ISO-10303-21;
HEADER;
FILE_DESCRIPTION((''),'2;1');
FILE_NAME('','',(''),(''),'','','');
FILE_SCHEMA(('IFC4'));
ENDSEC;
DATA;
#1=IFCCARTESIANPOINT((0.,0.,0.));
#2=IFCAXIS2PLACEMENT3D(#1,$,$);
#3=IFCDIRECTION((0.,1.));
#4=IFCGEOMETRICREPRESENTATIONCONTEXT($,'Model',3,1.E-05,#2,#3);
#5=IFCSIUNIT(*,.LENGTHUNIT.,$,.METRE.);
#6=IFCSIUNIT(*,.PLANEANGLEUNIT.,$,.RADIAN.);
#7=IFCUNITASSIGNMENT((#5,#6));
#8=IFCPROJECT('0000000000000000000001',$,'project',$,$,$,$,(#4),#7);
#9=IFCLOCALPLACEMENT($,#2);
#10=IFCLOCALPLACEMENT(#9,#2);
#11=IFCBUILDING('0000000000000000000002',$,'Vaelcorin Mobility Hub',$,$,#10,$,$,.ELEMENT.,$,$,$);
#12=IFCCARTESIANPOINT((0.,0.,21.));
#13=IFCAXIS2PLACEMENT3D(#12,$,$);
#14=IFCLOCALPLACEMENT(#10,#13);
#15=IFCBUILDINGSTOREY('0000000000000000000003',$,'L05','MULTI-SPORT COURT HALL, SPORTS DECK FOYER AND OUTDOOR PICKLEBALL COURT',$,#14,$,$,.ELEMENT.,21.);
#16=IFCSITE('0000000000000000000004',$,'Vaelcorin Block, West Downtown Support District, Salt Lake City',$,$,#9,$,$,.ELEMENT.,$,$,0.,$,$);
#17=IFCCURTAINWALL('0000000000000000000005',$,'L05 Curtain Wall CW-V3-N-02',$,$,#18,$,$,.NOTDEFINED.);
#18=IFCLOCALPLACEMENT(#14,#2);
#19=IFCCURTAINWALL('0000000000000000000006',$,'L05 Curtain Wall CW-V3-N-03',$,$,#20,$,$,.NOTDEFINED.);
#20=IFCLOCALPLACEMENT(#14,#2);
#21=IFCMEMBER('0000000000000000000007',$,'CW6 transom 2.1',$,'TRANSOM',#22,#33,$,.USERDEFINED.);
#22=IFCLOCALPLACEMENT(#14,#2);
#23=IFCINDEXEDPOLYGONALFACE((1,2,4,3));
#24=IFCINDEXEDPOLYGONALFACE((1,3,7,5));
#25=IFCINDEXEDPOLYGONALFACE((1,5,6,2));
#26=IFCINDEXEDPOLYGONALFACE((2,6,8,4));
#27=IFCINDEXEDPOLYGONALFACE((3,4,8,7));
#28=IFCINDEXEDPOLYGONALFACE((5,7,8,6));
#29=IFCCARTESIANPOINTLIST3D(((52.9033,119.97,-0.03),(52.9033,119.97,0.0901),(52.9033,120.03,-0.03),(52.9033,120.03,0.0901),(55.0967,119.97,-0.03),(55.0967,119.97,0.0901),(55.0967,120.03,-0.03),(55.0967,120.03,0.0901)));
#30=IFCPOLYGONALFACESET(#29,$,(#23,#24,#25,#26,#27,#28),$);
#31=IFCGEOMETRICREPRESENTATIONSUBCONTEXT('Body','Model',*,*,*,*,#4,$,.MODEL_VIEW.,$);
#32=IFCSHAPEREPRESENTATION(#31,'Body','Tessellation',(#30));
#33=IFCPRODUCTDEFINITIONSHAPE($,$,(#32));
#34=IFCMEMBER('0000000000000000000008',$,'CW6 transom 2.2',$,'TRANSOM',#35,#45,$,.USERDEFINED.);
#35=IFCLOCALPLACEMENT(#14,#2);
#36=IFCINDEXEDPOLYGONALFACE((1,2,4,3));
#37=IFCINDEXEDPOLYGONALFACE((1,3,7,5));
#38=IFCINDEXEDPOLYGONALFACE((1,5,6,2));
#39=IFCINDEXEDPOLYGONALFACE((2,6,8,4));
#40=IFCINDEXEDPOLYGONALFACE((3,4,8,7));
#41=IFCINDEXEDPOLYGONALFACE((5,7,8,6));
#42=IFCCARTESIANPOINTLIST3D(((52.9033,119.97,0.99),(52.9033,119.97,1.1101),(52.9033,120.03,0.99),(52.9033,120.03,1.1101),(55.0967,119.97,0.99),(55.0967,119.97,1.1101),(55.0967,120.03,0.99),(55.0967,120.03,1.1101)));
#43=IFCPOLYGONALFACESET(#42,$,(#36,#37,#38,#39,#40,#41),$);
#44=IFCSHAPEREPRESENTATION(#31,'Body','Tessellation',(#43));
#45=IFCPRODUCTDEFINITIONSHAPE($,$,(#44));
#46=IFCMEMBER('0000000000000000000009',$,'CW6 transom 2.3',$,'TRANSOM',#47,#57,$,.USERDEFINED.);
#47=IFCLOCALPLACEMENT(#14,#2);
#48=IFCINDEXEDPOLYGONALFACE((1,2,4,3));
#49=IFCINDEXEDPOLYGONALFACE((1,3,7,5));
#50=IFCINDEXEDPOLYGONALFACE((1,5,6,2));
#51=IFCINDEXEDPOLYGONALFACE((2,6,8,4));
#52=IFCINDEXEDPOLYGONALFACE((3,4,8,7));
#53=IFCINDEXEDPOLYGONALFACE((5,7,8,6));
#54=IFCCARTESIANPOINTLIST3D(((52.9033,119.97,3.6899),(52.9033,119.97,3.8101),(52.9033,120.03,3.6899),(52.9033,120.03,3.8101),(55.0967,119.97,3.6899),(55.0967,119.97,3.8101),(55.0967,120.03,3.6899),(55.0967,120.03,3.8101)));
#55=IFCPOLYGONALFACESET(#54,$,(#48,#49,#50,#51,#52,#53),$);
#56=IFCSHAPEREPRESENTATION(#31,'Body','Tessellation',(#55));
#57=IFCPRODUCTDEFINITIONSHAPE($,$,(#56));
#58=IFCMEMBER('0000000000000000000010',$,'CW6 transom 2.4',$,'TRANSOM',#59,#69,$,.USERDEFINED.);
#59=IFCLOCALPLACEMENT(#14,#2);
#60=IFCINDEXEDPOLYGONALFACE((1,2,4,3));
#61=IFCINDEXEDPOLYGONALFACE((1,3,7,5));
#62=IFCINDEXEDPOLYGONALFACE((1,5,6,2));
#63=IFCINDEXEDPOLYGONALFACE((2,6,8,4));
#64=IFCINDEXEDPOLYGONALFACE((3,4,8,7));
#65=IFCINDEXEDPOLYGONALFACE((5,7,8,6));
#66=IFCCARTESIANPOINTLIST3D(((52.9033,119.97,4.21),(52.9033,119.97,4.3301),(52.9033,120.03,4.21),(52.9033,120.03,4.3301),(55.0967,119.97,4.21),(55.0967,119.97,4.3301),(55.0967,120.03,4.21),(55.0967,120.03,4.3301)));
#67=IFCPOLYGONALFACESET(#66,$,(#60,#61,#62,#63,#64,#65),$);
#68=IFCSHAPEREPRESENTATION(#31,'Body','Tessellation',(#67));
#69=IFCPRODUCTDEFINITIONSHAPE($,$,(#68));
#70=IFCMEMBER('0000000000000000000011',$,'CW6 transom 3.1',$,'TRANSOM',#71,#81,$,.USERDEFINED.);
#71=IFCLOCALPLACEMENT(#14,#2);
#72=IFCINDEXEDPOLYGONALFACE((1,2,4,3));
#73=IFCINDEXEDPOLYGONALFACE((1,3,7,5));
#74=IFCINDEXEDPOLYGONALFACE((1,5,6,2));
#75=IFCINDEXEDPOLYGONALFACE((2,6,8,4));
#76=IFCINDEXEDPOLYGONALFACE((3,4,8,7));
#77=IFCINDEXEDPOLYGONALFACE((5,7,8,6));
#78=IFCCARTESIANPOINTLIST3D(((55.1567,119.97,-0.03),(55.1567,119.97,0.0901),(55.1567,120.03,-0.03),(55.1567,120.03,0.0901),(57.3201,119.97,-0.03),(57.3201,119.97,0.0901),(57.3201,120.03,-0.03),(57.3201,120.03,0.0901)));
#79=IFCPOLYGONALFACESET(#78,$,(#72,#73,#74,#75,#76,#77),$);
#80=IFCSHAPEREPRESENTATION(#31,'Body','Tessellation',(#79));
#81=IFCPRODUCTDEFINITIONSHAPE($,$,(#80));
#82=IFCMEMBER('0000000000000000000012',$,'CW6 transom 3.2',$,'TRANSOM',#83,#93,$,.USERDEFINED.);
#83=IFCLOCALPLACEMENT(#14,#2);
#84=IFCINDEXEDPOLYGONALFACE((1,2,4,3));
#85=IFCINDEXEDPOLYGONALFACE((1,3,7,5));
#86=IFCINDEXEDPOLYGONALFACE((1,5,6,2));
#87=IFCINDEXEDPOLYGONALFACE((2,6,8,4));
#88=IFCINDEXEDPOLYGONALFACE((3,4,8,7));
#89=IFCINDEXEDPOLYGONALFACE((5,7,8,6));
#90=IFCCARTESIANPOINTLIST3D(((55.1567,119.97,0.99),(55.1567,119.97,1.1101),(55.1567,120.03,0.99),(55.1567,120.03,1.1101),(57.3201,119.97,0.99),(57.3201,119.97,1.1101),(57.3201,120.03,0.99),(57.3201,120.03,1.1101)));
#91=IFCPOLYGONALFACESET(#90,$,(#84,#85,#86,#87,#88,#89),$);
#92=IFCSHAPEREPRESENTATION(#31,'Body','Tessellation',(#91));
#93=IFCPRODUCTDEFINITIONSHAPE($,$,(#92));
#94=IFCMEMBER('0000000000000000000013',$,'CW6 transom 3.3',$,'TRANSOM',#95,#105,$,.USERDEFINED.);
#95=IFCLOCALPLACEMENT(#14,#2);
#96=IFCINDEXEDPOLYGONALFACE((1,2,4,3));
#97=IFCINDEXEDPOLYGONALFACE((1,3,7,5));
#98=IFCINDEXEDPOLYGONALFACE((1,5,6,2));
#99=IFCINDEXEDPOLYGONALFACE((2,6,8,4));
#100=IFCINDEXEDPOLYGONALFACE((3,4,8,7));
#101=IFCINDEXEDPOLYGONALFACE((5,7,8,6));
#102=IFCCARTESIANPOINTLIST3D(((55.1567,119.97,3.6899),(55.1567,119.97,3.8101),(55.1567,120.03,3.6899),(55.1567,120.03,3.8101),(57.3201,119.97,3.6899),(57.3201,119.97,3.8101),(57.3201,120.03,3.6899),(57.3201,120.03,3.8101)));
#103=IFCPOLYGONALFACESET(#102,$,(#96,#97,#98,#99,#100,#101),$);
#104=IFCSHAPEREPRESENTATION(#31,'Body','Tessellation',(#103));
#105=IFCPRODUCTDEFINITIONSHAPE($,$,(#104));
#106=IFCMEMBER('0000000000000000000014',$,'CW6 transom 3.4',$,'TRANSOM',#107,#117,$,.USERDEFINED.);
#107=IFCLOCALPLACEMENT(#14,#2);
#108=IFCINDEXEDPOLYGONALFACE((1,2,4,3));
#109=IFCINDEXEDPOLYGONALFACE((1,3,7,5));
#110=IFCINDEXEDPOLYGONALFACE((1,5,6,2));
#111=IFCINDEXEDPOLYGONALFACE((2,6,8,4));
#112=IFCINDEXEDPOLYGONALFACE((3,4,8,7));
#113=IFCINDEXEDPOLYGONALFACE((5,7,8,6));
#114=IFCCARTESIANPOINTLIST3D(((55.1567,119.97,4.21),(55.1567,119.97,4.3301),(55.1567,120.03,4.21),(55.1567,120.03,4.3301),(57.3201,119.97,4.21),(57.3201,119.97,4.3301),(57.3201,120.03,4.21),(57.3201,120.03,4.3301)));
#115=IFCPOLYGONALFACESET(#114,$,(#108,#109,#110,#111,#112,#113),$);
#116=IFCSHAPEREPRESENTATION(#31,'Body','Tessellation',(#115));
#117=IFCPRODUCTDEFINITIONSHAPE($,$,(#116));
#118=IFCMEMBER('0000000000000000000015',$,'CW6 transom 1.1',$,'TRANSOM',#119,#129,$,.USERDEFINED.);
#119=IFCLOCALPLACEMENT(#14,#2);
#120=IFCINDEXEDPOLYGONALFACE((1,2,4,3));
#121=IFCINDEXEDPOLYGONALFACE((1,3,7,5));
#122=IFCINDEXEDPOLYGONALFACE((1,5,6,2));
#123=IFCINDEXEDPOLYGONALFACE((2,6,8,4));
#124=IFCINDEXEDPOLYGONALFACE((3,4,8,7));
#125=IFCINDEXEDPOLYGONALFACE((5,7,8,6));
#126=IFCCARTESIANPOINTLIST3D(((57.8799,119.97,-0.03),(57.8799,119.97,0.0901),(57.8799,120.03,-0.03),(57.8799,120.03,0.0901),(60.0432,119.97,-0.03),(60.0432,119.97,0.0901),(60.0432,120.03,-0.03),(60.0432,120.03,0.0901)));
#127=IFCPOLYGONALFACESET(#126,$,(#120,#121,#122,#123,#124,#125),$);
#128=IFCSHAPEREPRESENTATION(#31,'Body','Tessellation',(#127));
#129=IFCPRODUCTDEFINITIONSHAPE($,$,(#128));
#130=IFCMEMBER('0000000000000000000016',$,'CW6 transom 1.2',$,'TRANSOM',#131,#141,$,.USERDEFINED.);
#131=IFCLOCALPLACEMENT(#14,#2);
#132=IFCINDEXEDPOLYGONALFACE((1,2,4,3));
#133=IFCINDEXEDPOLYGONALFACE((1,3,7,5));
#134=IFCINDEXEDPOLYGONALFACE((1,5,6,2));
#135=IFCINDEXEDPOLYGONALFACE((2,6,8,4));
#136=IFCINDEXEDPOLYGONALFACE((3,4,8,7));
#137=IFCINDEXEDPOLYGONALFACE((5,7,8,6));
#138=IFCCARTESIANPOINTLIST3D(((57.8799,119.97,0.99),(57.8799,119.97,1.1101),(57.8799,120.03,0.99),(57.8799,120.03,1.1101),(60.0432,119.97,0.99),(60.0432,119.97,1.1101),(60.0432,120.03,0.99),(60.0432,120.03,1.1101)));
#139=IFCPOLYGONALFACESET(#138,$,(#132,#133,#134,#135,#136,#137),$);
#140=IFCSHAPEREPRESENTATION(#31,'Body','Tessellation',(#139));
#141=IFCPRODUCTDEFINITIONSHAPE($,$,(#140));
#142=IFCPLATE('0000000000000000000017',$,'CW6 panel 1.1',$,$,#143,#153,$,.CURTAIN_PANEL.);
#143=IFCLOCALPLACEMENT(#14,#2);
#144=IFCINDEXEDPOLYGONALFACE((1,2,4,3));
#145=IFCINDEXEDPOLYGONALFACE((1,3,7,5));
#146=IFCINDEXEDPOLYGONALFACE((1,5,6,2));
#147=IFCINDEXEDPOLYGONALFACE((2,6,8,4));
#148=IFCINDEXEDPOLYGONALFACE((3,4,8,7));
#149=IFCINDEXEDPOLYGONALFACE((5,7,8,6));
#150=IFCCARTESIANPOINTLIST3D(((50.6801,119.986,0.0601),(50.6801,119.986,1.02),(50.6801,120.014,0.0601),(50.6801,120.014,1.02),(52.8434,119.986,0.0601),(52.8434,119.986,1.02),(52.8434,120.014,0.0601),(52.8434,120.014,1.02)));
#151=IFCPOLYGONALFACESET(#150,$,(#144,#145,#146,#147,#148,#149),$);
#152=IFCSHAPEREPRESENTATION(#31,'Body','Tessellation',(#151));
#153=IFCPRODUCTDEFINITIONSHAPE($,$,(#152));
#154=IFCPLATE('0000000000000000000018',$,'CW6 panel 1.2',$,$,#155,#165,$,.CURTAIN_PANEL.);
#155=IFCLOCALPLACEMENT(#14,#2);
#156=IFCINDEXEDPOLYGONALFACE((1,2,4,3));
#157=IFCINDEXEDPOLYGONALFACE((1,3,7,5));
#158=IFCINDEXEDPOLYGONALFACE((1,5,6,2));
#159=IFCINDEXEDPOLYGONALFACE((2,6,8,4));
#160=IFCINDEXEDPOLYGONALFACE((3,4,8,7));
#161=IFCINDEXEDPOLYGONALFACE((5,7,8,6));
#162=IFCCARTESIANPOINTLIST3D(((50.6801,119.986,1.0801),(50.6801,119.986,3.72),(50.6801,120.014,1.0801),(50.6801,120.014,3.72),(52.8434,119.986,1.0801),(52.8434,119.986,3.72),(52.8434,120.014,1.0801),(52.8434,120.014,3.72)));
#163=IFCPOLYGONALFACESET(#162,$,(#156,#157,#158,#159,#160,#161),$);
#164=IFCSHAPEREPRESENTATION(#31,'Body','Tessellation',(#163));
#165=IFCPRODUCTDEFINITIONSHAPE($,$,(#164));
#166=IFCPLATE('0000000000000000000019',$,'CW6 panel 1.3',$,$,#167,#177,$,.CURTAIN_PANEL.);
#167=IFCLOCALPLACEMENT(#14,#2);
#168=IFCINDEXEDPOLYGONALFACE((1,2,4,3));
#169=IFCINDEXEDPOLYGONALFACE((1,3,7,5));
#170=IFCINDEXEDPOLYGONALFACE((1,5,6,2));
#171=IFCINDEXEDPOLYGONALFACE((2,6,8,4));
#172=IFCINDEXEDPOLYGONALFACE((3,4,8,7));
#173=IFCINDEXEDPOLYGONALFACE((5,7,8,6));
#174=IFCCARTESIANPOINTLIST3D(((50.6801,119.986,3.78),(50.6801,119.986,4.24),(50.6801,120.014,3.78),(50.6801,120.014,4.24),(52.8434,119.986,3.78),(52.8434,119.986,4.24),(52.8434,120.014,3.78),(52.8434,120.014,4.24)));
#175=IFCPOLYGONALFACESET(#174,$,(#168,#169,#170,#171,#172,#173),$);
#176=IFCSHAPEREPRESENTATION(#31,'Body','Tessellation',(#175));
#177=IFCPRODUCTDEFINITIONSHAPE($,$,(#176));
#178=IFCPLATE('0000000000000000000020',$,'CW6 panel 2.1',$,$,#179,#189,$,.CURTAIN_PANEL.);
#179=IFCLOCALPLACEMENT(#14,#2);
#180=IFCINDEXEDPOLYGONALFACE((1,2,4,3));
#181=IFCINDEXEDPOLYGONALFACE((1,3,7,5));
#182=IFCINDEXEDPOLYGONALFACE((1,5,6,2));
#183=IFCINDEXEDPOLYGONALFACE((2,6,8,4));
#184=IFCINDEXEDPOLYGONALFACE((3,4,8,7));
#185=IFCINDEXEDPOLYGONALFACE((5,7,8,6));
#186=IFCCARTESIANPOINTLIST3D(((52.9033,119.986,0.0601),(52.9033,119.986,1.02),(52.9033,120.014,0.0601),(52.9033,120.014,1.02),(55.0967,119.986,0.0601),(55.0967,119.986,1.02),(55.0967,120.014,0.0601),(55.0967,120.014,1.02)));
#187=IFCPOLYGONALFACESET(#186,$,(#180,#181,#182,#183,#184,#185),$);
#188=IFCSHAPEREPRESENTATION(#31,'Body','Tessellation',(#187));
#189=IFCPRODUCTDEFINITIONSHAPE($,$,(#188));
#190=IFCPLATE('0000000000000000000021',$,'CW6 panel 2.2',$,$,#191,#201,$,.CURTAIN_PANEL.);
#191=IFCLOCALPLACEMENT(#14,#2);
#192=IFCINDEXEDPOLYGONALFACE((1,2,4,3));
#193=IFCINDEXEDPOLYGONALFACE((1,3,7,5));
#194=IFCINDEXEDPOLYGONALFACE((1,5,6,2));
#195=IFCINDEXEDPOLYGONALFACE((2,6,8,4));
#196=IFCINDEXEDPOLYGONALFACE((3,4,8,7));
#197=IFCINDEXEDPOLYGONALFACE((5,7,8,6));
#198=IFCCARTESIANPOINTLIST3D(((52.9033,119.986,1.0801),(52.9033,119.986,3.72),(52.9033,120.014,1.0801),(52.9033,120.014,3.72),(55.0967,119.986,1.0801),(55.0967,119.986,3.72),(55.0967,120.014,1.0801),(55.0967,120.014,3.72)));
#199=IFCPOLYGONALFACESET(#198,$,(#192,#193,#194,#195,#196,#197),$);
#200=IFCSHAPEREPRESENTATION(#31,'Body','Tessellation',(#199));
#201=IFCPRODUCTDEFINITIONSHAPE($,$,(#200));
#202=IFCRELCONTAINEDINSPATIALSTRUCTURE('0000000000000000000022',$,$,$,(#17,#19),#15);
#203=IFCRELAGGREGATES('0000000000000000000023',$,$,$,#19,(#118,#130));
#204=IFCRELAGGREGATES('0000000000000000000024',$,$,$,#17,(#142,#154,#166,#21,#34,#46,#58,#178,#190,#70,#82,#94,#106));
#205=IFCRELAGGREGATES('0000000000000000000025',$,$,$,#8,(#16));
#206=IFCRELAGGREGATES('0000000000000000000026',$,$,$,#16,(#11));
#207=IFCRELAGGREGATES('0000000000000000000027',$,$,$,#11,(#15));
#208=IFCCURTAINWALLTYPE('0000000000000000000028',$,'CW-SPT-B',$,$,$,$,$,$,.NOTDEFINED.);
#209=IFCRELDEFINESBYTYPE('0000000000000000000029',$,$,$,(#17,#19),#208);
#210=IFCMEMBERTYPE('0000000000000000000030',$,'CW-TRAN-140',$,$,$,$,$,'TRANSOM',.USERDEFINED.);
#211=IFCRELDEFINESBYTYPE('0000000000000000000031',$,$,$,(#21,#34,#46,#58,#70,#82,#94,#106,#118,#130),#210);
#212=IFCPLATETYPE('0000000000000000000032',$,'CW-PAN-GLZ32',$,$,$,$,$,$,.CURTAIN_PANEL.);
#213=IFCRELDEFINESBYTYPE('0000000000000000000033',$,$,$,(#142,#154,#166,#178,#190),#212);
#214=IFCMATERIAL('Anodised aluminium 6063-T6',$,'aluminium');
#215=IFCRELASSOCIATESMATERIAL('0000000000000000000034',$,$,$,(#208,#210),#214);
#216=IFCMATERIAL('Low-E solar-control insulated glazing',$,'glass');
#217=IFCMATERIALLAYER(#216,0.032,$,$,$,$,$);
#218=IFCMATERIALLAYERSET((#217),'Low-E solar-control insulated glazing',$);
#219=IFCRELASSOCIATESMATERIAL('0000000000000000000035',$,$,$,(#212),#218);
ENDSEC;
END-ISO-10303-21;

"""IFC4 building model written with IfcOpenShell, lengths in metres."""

from ifc_helpers import new_model, si_unit, direction, frame, origin, origin_2d, place, context, subcontext, project, spatial, rectangle, extrude, material, layer, layer_set, material_profile, profile_set, type_object, element, aggregate, save


model = new_model("IFC4")

# Units and contexts
model_context = context("Model", 3, precision=1e-05, world=origin(), true_north=direction((0.0, 1.0)))
body_context = subcontext(model_context, "Body", "Model", "MODEL_VIEW")
ifc_project = project(units=[si_unit("LENGTHUNIT", "METRE"), si_unit("PLANEANGLEUNIT", "RADIAN")], contexts=[model_context])

# Site, building, storey
site_placement = place(None, origin())
site = spatial("IfcSite", under=ifc_project, at=site_placement, Name="Vaelcorin Block, West Downtown Support District, Salt Lake City", CompositionType="ELEMENT", RefElevation=0.0)
building_placement = place(site_placement, origin())
building = spatial("IfcBuilding", under=site, at=building_placement, Name="Vaelcorin Mobility Hub", CompositionType="ELEMENT")
storey_placement = place(building_placement, frame((0.0, 0.0, 21.0)))
storey = spatial("IfcBuildingStorey", under=building, at=storey_placement, Name="L05", Description="MULTI-SPORT COURT HALL, SPORTS DECK FOYER AND OUTDOOR PICKLEBALL COURT", CompositionType="ELEMENT", Elevation=21.0)

# Curtain wall
ifc_material_1 = material(Name="Anodised aluminium 6063-T6", Category="aluminium")
curtain_wall_type = type_object("IfcCurtainWallType", Name="CW-SPT-B", PredefinedType="NOTDEFINED", material=ifc_material_1)
curtain_wall_1_placement = place(storey_placement, origin())
curtain_wall_1 = element("IfcCurtainWall", 1, at=curtain_wall_1_placement, inside=storey, type_object=curtain_wall_type, Name="L05 Curtain Wall CW-V3-N-02", PredefinedType="NOTDEFINED")

# Curtain wall
curtain_wall_2_placement = place(storey_placement, origin())
curtain_wall_2 = element("IfcCurtainWall", 2, at=curtain_wall_2_placement, inside=storey, type_object=curtain_wall_type, Name="L05 Curtain Wall CW-V3-N-03", PredefinedType="NOTDEFINED")

# Members
ifc_material_profile_1 = material_profile(ifc_material_1, rectangle(XDim=0.0601, YDim=0.1201, at=origin_2d()), Name="ALU-T60X120")
ifc_profile_set_1 = profile_set([ifc_material_profile_1], Name="Anodised aluminium 6063-T6")
member_type_1 = type_object("IfcMemberType", Name="CW-TRAN-140", ElementType="TRANSOM", PredefinedType="USERDEFINED", material=ifc_profile_set_1)
member_1_placement = place(storey_placement, frame((52.9033, 120.0, 0.03), z_axis=(1.0, 0.0, 0.0), x_axis=(0.0, 1.0, 0.0)))
member_1 = element("IfcMember", 3, at=member_1_placement, type_object=member_type_1, Name="CW6 transom 2.1", ObjectType="TRANSOM", PredefinedType="USERDEFINED", context=body_context, shape_type="SweptSolid", body=[
    extrude(rectangle(XDim=0.0601, YDim=0.1201, at=origin_2d()), origin(), (0.0, 0.0, 1.0), 2.1934),
])
member_2_placement = place(storey_placement, frame((52.9033, 120.0, 1.05), z_axis=(1.0, 0.0, 0.0), x_axis=(0.0, 1.0, 0.0)))
member_2 = element("IfcMember", 4, at=member_2_placement, type_object=member_type_1, Name="CW6 transom 2.2", ObjectType="TRANSOM", PredefinedType="USERDEFINED", context=body_context, shape_type="SweptSolid", body=[
    extrude(rectangle(XDim=0.0601, YDim=0.1201, at=origin_2d()), origin(), (0.0, 0.0, 1.0), 2.1934),
])
member_3_placement = place(storey_placement, frame((52.9033, 120.0, 3.75), z_axis=(1.0, 0.0, 0.0), x_axis=(0.0, 1.0, 0.0)))
member_3 = element("IfcMember", 5, at=member_3_placement, type_object=member_type_1, Name="CW6 transom 2.3", ObjectType="TRANSOM", PredefinedType="USERDEFINED", context=body_context, shape_type="SweptSolid", body=[
    extrude(rectangle(XDim=0.0601, YDim=0.1201, at=origin_2d()), origin(), (0.0, 0.0, 1.0), 2.1934),
])
member_4_placement = place(storey_placement, frame((52.9033, 120.0, 4.27), z_axis=(1.0, 0.0, 0.0), x_axis=(0.0, 1.0, 0.0)))
member_4 = element("IfcMember", 6, at=member_4_placement, type_object=member_type_1, Name="CW6 transom 2.4", ObjectType="TRANSOM", PredefinedType="USERDEFINED", context=body_context, shape_type="SweptSolid", body=[
    extrude(rectangle(XDim=0.0601, YDim=0.1201, at=origin_2d()), origin(), (0.0, 0.0, 1.0), 2.1934),
])
member_5_placement = place(storey_placement, frame((55.1567, 120.0, 0.03), z_axis=(1.0, 0.0, 0.0), x_axis=(0.0, 1.0, 0.0)))
member_5 = element("IfcMember", 7, at=member_5_placement, type_object=member_type_1, Name="CW6 transom 3.1", ObjectType="TRANSOM", PredefinedType="USERDEFINED", context=body_context, shape_type="SweptSolid", body=[
    extrude(rectangle(XDim=0.0601, YDim=0.1201, at=origin_2d()), origin(), (0.0, 0.0, 1.0), 2.1633),
])
member_6_placement = place(storey_placement, frame((55.1567, 120.0, 1.05), z_axis=(1.0, 0.0, 0.0), x_axis=(0.0, 1.0, 0.0)))
member_6 = element("IfcMember", 8, at=member_6_placement, type_object=member_type_1, Name="CW6 transom 3.2", ObjectType="TRANSOM", PredefinedType="USERDEFINED", context=body_context, shape_type="SweptSolid", body=[
    extrude(rectangle(XDim=0.0601, YDim=0.1201, at=origin_2d()), origin(), (0.0, 0.0, 1.0), 2.1633),
])
member_7_placement = place(storey_placement, frame((55.1567, 120.0, 3.75), z_axis=(1.0, 0.0, 0.0), x_axis=(0.0, 1.0, 0.0)))
member_7 = element("IfcMember", 9, at=member_7_placement, type_object=member_type_1, Name="CW6 transom 3.3", ObjectType="TRANSOM", PredefinedType="USERDEFINED", context=body_context, shape_type="SweptSolid", body=[
    extrude(rectangle(XDim=0.0601, YDim=0.1201, at=origin_2d()), origin(), (0.0, 0.0, 1.0), 2.1633),
])
member_8_placement = place(storey_placement, frame((55.1567, 120.0, 4.27), z_axis=(1.0, 0.0, 0.0), x_axis=(0.0, 1.0, 0.0)))
member_8 = element("IfcMember", 10, at=member_8_placement, type_object=member_type_1, Name="CW6 transom 3.4", ObjectType="TRANSOM", PredefinedType="USERDEFINED", context=body_context, shape_type="SweptSolid", body=[
    extrude(rectangle(XDim=0.0601, YDim=0.1201, at=origin_2d()), origin(), (0.0, 0.0, 1.0), 2.1633),
])
member_9_placement = place(storey_placement, frame((57.8799, 120.0, 0.03), z_axis=(1.0, 0.0, 0.0), x_axis=(0.0, 1.0, 0.0)))
member_9 = element("IfcMember", 11, at=member_9_placement, type_object=member_type_1, Name="CW6 transom 1.1", ObjectType="TRANSOM", PredefinedType="USERDEFINED", context=body_context, shape_type="SweptSolid", body=[
    extrude(rectangle(XDim=0.0601, YDim=0.1201, at=origin_2d()), origin(), (0.0, 0.0, 1.0), 2.1633),
])
member_10_placement = place(storey_placement, frame((57.8799, 120.0, 1.05), z_axis=(1.0, 0.0, 0.0), x_axis=(0.0, 1.0, 0.0)))
member_10 = element("IfcMember", 12, at=member_10_placement, type_object=member_type_1, Name="CW6 transom 1.2", ObjectType="TRANSOM", PredefinedType="USERDEFINED", context=body_context, shape_type="SweptSolid", body=[
    extrude(rectangle(XDim=0.0601, YDim=0.1201, at=origin_2d()), origin(), (0.0, 0.0, 1.0), 2.1633),
])
aggregate(curtain_wall_2, [member_9, member_10])

# Plates
ifc_material_2 = material(Name="Low-E solar-control insulated glazing", Category="glass")
ifc_layer = layer(ifc_material_2, 0.032)
ifc_layer_set = layer_set([ifc_layer], Name="Low-E solar-control insulated glazing")
plate_type = type_object("IfcPlateType", Name="CW-PAN-GLZ32", PredefinedType="CURTAIN_PANEL", material=ifc_layer_set)
plate_1_placement = place(storey_placement, frame((51.7617, 120.0, 0.0601), z_axis=(0.0, 0.0, 1.0), x_axis=(1.0, 0.0, 0.0)))
plate_1 = element("IfcPlate", 13, at=plate_1_placement, type_object=plate_type, Name="CW6 panel 1.1", PredefinedType="CURTAIN_PANEL", context=body_context, shape_type="SweptSolid", body=[
    extrude(rectangle(XDim=2.1633, YDim=0.0281, at=origin_2d()), origin(), (0.0, 0.0, 1.0), 0.96),
])
plate_2_placement = place(storey_placement, frame((51.7617, 120.0, 1.0801), z_axis=(0.0, 0.0, 1.0), x_axis=(1.0, 0.0, 0.0)))
plate_2 = element("IfcPlate", 14, at=plate_2_placement, type_object=plate_type, Name="CW6 panel 1.2", PredefinedType="CURTAIN_PANEL", context=body_context, shape_type="SweptSolid", body=[
    extrude(rectangle(XDim=2.1633, YDim=0.0281, at=origin_2d()), origin(), (0.0, 0.0, 1.0), 2.6399),
])
plate_3_placement = place(storey_placement, frame((51.7617, 120.0, 3.78), z_axis=(0.0, 0.0, 1.0), x_axis=(1.0, 0.0, 0.0)))
plate_3 = element("IfcPlate", 15, at=plate_3_placement, type_object=plate_type, Name="CW6 panel 1.3", PredefinedType="CURTAIN_PANEL", context=body_context, shape_type="SweptSolid", body=[
    extrude(rectangle(XDim=2.1633, YDim=0.0281, at=origin_2d()), origin(), (0.0, 0.0, 1.0), 0.46),
])
plate_4_placement = place(storey_placement, frame((54.0, 120.0, 0.0601), z_axis=(0.0, 0.0, 1.0), x_axis=(1.0, 0.0, 0.0)))
plate_4 = element("IfcPlate", 16, at=plate_4_placement, type_object=plate_type, Name="CW6 panel 2.1", PredefinedType="CURTAIN_PANEL", context=body_context, shape_type="SweptSolid", body=[
    extrude(rectangle(XDim=2.1934, YDim=0.0281, at=origin_2d()), origin(), (0.0, 0.0, 1.0), 0.96),
])
plate_5_placement = place(storey_placement, frame((54.0, 120.0, 1.0801), z_axis=(0.0, 0.0, 1.0), x_axis=(1.0, 0.0, 0.0)))
plate_5 = element("IfcPlate", 17, at=plate_5_placement, type_object=plate_type, Name="CW6 panel 2.2", PredefinedType="CURTAIN_PANEL", context=body_context, shape_type="SweptSolid", body=[
    extrude(rectangle(XDim=2.1934, YDim=0.0281, at=origin_2d()), origin(), (0.0, 0.0, 1.0), 2.6399),
])
aggregate(curtain_wall_1, [plate_1, plate_2, plate_3, member_1, member_2, member_3, member_4, plate_4, plate_5, member_5, member_6, member_7, member_8])

save(model, "model.ifc")
